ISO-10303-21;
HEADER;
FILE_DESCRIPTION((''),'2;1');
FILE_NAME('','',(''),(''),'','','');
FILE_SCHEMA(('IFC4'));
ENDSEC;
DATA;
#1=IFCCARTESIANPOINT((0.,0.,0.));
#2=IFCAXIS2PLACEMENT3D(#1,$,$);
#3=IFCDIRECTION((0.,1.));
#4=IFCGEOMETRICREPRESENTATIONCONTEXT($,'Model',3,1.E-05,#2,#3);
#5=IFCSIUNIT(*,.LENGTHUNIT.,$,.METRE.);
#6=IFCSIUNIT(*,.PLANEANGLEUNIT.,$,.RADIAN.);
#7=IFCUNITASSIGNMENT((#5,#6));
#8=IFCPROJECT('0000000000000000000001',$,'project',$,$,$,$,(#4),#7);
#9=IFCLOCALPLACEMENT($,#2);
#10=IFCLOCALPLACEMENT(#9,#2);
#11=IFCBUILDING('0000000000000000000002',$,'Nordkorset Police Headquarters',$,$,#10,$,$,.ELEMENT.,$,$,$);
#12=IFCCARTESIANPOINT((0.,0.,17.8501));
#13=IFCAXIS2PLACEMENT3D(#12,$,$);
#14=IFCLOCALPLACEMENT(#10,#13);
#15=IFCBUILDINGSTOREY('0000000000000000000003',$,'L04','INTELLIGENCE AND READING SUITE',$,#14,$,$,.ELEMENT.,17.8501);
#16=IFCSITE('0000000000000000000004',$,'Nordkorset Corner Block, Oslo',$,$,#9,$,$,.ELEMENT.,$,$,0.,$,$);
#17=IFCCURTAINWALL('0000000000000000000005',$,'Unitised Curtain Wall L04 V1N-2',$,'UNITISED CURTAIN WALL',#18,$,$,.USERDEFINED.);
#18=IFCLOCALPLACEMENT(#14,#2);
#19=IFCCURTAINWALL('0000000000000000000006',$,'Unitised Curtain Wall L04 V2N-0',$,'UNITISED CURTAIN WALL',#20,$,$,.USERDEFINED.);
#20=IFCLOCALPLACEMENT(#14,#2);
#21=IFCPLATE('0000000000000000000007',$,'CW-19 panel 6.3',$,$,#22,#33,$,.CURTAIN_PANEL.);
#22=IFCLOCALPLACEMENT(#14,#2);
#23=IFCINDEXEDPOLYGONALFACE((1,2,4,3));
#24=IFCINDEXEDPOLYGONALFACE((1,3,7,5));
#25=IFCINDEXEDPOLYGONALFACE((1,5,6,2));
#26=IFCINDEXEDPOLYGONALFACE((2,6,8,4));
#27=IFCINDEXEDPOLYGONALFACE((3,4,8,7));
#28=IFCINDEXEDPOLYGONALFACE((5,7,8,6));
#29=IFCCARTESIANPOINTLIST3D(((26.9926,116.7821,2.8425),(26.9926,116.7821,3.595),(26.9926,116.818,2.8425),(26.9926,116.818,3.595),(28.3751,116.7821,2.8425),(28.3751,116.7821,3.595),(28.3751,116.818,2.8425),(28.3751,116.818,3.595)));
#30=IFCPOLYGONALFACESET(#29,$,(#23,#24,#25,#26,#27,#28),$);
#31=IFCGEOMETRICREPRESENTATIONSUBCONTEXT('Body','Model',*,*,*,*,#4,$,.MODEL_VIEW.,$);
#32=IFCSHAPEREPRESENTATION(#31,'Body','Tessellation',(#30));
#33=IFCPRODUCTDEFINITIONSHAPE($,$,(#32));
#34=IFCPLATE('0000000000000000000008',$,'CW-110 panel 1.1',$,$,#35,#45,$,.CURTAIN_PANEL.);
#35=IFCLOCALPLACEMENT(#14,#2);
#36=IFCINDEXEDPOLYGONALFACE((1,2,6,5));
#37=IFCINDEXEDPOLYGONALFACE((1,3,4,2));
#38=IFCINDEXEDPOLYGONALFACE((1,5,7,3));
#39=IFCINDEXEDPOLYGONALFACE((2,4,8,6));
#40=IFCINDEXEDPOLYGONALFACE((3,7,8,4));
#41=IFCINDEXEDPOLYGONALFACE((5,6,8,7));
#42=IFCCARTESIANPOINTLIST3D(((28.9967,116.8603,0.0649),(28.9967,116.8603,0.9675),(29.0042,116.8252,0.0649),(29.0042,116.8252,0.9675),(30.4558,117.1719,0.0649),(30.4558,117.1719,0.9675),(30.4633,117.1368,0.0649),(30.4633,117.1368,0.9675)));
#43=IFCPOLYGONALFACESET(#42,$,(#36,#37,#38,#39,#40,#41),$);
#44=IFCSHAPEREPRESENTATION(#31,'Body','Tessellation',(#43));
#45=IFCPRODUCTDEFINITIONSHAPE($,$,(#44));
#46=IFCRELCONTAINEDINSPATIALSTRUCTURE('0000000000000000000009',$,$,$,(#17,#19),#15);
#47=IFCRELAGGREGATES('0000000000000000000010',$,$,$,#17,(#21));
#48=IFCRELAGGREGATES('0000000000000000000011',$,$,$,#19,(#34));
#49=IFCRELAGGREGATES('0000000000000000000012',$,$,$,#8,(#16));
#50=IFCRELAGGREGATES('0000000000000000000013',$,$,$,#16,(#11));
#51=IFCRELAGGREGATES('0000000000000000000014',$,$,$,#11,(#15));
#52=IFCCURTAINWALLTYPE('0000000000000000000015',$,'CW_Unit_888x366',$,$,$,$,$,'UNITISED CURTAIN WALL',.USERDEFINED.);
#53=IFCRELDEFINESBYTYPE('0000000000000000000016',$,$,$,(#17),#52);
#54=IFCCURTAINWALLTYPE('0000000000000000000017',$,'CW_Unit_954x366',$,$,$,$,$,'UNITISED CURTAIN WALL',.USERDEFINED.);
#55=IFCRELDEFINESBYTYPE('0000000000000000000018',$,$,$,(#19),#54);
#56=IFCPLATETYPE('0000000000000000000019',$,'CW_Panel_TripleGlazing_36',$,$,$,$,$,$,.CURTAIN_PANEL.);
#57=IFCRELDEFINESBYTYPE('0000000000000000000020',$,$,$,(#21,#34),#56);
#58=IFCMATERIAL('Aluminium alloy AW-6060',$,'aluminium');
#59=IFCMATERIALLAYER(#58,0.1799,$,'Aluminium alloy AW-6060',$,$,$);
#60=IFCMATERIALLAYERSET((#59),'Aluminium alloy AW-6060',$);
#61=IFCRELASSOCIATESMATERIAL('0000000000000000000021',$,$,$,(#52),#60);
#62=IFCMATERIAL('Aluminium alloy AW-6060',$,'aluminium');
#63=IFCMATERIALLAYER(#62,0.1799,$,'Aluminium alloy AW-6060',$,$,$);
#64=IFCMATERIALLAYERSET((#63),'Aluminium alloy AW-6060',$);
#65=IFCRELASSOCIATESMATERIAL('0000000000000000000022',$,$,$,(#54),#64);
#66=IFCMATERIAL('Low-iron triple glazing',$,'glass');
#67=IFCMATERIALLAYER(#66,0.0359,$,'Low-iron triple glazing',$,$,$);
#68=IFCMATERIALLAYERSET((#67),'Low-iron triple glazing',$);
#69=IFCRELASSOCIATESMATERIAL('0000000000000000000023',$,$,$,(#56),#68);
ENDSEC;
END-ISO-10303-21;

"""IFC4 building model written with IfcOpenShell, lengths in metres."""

from ifc_helpers import new_model, si_unit, direction, frame, origin, origin_2d, place, context, subcontext, project, spatial, rectangle, extrude, material, layer, layer_set, type_object, element, aggregate, save


model = new_model("IFC4")

# Units and contexts
model_context = context("Model", 3, precision=1e-05, world=origin(), true_north=direction((0.0, 1.0)))
body_context = subcontext(model_context, "Body", "Model", "MODEL_VIEW")
ifc_project = project(units=[si_unit("LENGTHUNIT", "METRE"), si_unit("PLANEANGLEUNIT", "RADIAN")], contexts=[model_context])

# Site, building, storey
site_placement = place(None, origin())
site = spatial("IfcSite", under=ifc_project, at=site_placement, Name="Nordkorset Corner Block, Oslo", CompositionType="ELEMENT", RefElevation=0.0)
building_placement = place(site_placement, origin())
building = spatial("IfcBuilding", under=site, at=building_placement, Name="Nordkorset Police Headquarters", CompositionType="ELEMENT")
storey_placement = place(building_placement, frame((0.0, 0.0, 17.8501)))
storey = spatial("IfcBuildingStorey", under=building, at=storey_placement, Name="L04", Description="INTELLIGENCE AND READING SUITE", CompositionType="ELEMENT", Elevation=17.8501)

# Curtain wall
ifc_material_1 = material(Name="Aluminium alloy AW-6060", Category="aluminium")
ifc_layer_1 = layer(ifc_material_1, 0.1799, Name="Aluminium alloy AW-6060")
ifc_layer_set_1 = layer_set([ifc_layer_1], Name="Aluminium alloy AW-6060")
curtain_wall_type_1 = type_object("IfcCurtainWallType", Name="CW_Unit_888x366", ElementType="UNITISED CURTAIN WALL", PredefinedType="USERDEFINED", material=ifc_layer_set_1)
curtain_wall_1_placement = place(storey_placement, origin())
curtain_wall_1 = element("IfcCurtainWall", 1, at=curtain_wall_1_placement, inside=storey, type_object=curtain_wall_type_1, Name="Unitised Curtain Wall L04 V1N-2", ObjectType="UNITISED CURTAIN WALL", PredefinedType="USERDEFINED")

# Curtain wall
ifc_material_2 = material(Name="Aluminium alloy AW-6060", Category="aluminium")
ifc_layer_2 = layer(ifc_material_2, 0.1799, Name="Aluminium alloy AW-6060")
ifc_layer_set_2 = layer_set([ifc_layer_2], Name="Aluminium alloy AW-6060")
curtain_wall_type_2 = type_object("IfcCurtainWallType", Name="CW_Unit_954x366", ElementType="UNITISED CURTAIN WALL", PredefinedType="USERDEFINED", material=ifc_layer_set_2)
curtain_wall_2_placement = place(storey_placement, origin())
curtain_wall_2 = element("IfcCurtainWall", 2, at=curtain_wall_2_placement, inside=storey, type_object=curtain_wall_type_2, Name="Unitised Curtain Wall L04 V2N-0", ObjectType="UNITISED CURTAIN WALL", PredefinedType="USERDEFINED")

# Plates
ifc_material_3 = material(Name="Low-iron triple glazing", Category="glass")
ifc_layer_3 = layer(ifc_material_3, 0.0359, Name="Low-iron triple glazing")
ifc_layer_set_3 = layer_set([ifc_layer_3], Name="Low-iron triple glazing")
plate_type = type_object("IfcPlateType", Name="CW_Panel_TripleGlazing_36", PredefinedType="CURTAIN_PANEL", material=ifc_layer_set_3)
plate_1_placement = place(storey_placement, frame((27.6838, 116.8, 2.8425), z_axis=(0.0, 0.0, 1.0), x_axis=(1.0, 0.0, 0.0)))
plate_1 = element("IfcPlate", 3, at=plate_1_placement, type_object=plate_type, Name="CW-19 panel 6.3", PredefinedType="CURTAIN_PANEL", context=body_context, shape_type="SweptSolid", body=[
    extrude(rectangle(XDim=1.3826, YDim=0.0359, at=origin_2d()), origin(), (0.0, 0.0, 1.0), 0.7524),
])
aggregate(curtain_wall_1, [plate_1])
plate_2_placement = place(storey_placement, frame((29.73, 116.9985, 0.0649), z_axis=(0.0, 0.0, 1.0), x_axis=(0.977951, 0.208833, 0.0)))
plate_2 = element("IfcPlate", 4, at=plate_2_placement, type_object=plate_type, Name="CW-110 panel 1.1", PredefinedType="CURTAIN_PANEL", context=body_context, shape_type="SweptSolid", body=[
    extrude(rectangle(XDim=1.4919, YDim=0.0359, at=origin_2d()), origin(), (0.0, 0.0, 1.0), 0.9026),
])
aggregate(curtain_wall_2, [plate_2])

save(model, "model.ifc")
